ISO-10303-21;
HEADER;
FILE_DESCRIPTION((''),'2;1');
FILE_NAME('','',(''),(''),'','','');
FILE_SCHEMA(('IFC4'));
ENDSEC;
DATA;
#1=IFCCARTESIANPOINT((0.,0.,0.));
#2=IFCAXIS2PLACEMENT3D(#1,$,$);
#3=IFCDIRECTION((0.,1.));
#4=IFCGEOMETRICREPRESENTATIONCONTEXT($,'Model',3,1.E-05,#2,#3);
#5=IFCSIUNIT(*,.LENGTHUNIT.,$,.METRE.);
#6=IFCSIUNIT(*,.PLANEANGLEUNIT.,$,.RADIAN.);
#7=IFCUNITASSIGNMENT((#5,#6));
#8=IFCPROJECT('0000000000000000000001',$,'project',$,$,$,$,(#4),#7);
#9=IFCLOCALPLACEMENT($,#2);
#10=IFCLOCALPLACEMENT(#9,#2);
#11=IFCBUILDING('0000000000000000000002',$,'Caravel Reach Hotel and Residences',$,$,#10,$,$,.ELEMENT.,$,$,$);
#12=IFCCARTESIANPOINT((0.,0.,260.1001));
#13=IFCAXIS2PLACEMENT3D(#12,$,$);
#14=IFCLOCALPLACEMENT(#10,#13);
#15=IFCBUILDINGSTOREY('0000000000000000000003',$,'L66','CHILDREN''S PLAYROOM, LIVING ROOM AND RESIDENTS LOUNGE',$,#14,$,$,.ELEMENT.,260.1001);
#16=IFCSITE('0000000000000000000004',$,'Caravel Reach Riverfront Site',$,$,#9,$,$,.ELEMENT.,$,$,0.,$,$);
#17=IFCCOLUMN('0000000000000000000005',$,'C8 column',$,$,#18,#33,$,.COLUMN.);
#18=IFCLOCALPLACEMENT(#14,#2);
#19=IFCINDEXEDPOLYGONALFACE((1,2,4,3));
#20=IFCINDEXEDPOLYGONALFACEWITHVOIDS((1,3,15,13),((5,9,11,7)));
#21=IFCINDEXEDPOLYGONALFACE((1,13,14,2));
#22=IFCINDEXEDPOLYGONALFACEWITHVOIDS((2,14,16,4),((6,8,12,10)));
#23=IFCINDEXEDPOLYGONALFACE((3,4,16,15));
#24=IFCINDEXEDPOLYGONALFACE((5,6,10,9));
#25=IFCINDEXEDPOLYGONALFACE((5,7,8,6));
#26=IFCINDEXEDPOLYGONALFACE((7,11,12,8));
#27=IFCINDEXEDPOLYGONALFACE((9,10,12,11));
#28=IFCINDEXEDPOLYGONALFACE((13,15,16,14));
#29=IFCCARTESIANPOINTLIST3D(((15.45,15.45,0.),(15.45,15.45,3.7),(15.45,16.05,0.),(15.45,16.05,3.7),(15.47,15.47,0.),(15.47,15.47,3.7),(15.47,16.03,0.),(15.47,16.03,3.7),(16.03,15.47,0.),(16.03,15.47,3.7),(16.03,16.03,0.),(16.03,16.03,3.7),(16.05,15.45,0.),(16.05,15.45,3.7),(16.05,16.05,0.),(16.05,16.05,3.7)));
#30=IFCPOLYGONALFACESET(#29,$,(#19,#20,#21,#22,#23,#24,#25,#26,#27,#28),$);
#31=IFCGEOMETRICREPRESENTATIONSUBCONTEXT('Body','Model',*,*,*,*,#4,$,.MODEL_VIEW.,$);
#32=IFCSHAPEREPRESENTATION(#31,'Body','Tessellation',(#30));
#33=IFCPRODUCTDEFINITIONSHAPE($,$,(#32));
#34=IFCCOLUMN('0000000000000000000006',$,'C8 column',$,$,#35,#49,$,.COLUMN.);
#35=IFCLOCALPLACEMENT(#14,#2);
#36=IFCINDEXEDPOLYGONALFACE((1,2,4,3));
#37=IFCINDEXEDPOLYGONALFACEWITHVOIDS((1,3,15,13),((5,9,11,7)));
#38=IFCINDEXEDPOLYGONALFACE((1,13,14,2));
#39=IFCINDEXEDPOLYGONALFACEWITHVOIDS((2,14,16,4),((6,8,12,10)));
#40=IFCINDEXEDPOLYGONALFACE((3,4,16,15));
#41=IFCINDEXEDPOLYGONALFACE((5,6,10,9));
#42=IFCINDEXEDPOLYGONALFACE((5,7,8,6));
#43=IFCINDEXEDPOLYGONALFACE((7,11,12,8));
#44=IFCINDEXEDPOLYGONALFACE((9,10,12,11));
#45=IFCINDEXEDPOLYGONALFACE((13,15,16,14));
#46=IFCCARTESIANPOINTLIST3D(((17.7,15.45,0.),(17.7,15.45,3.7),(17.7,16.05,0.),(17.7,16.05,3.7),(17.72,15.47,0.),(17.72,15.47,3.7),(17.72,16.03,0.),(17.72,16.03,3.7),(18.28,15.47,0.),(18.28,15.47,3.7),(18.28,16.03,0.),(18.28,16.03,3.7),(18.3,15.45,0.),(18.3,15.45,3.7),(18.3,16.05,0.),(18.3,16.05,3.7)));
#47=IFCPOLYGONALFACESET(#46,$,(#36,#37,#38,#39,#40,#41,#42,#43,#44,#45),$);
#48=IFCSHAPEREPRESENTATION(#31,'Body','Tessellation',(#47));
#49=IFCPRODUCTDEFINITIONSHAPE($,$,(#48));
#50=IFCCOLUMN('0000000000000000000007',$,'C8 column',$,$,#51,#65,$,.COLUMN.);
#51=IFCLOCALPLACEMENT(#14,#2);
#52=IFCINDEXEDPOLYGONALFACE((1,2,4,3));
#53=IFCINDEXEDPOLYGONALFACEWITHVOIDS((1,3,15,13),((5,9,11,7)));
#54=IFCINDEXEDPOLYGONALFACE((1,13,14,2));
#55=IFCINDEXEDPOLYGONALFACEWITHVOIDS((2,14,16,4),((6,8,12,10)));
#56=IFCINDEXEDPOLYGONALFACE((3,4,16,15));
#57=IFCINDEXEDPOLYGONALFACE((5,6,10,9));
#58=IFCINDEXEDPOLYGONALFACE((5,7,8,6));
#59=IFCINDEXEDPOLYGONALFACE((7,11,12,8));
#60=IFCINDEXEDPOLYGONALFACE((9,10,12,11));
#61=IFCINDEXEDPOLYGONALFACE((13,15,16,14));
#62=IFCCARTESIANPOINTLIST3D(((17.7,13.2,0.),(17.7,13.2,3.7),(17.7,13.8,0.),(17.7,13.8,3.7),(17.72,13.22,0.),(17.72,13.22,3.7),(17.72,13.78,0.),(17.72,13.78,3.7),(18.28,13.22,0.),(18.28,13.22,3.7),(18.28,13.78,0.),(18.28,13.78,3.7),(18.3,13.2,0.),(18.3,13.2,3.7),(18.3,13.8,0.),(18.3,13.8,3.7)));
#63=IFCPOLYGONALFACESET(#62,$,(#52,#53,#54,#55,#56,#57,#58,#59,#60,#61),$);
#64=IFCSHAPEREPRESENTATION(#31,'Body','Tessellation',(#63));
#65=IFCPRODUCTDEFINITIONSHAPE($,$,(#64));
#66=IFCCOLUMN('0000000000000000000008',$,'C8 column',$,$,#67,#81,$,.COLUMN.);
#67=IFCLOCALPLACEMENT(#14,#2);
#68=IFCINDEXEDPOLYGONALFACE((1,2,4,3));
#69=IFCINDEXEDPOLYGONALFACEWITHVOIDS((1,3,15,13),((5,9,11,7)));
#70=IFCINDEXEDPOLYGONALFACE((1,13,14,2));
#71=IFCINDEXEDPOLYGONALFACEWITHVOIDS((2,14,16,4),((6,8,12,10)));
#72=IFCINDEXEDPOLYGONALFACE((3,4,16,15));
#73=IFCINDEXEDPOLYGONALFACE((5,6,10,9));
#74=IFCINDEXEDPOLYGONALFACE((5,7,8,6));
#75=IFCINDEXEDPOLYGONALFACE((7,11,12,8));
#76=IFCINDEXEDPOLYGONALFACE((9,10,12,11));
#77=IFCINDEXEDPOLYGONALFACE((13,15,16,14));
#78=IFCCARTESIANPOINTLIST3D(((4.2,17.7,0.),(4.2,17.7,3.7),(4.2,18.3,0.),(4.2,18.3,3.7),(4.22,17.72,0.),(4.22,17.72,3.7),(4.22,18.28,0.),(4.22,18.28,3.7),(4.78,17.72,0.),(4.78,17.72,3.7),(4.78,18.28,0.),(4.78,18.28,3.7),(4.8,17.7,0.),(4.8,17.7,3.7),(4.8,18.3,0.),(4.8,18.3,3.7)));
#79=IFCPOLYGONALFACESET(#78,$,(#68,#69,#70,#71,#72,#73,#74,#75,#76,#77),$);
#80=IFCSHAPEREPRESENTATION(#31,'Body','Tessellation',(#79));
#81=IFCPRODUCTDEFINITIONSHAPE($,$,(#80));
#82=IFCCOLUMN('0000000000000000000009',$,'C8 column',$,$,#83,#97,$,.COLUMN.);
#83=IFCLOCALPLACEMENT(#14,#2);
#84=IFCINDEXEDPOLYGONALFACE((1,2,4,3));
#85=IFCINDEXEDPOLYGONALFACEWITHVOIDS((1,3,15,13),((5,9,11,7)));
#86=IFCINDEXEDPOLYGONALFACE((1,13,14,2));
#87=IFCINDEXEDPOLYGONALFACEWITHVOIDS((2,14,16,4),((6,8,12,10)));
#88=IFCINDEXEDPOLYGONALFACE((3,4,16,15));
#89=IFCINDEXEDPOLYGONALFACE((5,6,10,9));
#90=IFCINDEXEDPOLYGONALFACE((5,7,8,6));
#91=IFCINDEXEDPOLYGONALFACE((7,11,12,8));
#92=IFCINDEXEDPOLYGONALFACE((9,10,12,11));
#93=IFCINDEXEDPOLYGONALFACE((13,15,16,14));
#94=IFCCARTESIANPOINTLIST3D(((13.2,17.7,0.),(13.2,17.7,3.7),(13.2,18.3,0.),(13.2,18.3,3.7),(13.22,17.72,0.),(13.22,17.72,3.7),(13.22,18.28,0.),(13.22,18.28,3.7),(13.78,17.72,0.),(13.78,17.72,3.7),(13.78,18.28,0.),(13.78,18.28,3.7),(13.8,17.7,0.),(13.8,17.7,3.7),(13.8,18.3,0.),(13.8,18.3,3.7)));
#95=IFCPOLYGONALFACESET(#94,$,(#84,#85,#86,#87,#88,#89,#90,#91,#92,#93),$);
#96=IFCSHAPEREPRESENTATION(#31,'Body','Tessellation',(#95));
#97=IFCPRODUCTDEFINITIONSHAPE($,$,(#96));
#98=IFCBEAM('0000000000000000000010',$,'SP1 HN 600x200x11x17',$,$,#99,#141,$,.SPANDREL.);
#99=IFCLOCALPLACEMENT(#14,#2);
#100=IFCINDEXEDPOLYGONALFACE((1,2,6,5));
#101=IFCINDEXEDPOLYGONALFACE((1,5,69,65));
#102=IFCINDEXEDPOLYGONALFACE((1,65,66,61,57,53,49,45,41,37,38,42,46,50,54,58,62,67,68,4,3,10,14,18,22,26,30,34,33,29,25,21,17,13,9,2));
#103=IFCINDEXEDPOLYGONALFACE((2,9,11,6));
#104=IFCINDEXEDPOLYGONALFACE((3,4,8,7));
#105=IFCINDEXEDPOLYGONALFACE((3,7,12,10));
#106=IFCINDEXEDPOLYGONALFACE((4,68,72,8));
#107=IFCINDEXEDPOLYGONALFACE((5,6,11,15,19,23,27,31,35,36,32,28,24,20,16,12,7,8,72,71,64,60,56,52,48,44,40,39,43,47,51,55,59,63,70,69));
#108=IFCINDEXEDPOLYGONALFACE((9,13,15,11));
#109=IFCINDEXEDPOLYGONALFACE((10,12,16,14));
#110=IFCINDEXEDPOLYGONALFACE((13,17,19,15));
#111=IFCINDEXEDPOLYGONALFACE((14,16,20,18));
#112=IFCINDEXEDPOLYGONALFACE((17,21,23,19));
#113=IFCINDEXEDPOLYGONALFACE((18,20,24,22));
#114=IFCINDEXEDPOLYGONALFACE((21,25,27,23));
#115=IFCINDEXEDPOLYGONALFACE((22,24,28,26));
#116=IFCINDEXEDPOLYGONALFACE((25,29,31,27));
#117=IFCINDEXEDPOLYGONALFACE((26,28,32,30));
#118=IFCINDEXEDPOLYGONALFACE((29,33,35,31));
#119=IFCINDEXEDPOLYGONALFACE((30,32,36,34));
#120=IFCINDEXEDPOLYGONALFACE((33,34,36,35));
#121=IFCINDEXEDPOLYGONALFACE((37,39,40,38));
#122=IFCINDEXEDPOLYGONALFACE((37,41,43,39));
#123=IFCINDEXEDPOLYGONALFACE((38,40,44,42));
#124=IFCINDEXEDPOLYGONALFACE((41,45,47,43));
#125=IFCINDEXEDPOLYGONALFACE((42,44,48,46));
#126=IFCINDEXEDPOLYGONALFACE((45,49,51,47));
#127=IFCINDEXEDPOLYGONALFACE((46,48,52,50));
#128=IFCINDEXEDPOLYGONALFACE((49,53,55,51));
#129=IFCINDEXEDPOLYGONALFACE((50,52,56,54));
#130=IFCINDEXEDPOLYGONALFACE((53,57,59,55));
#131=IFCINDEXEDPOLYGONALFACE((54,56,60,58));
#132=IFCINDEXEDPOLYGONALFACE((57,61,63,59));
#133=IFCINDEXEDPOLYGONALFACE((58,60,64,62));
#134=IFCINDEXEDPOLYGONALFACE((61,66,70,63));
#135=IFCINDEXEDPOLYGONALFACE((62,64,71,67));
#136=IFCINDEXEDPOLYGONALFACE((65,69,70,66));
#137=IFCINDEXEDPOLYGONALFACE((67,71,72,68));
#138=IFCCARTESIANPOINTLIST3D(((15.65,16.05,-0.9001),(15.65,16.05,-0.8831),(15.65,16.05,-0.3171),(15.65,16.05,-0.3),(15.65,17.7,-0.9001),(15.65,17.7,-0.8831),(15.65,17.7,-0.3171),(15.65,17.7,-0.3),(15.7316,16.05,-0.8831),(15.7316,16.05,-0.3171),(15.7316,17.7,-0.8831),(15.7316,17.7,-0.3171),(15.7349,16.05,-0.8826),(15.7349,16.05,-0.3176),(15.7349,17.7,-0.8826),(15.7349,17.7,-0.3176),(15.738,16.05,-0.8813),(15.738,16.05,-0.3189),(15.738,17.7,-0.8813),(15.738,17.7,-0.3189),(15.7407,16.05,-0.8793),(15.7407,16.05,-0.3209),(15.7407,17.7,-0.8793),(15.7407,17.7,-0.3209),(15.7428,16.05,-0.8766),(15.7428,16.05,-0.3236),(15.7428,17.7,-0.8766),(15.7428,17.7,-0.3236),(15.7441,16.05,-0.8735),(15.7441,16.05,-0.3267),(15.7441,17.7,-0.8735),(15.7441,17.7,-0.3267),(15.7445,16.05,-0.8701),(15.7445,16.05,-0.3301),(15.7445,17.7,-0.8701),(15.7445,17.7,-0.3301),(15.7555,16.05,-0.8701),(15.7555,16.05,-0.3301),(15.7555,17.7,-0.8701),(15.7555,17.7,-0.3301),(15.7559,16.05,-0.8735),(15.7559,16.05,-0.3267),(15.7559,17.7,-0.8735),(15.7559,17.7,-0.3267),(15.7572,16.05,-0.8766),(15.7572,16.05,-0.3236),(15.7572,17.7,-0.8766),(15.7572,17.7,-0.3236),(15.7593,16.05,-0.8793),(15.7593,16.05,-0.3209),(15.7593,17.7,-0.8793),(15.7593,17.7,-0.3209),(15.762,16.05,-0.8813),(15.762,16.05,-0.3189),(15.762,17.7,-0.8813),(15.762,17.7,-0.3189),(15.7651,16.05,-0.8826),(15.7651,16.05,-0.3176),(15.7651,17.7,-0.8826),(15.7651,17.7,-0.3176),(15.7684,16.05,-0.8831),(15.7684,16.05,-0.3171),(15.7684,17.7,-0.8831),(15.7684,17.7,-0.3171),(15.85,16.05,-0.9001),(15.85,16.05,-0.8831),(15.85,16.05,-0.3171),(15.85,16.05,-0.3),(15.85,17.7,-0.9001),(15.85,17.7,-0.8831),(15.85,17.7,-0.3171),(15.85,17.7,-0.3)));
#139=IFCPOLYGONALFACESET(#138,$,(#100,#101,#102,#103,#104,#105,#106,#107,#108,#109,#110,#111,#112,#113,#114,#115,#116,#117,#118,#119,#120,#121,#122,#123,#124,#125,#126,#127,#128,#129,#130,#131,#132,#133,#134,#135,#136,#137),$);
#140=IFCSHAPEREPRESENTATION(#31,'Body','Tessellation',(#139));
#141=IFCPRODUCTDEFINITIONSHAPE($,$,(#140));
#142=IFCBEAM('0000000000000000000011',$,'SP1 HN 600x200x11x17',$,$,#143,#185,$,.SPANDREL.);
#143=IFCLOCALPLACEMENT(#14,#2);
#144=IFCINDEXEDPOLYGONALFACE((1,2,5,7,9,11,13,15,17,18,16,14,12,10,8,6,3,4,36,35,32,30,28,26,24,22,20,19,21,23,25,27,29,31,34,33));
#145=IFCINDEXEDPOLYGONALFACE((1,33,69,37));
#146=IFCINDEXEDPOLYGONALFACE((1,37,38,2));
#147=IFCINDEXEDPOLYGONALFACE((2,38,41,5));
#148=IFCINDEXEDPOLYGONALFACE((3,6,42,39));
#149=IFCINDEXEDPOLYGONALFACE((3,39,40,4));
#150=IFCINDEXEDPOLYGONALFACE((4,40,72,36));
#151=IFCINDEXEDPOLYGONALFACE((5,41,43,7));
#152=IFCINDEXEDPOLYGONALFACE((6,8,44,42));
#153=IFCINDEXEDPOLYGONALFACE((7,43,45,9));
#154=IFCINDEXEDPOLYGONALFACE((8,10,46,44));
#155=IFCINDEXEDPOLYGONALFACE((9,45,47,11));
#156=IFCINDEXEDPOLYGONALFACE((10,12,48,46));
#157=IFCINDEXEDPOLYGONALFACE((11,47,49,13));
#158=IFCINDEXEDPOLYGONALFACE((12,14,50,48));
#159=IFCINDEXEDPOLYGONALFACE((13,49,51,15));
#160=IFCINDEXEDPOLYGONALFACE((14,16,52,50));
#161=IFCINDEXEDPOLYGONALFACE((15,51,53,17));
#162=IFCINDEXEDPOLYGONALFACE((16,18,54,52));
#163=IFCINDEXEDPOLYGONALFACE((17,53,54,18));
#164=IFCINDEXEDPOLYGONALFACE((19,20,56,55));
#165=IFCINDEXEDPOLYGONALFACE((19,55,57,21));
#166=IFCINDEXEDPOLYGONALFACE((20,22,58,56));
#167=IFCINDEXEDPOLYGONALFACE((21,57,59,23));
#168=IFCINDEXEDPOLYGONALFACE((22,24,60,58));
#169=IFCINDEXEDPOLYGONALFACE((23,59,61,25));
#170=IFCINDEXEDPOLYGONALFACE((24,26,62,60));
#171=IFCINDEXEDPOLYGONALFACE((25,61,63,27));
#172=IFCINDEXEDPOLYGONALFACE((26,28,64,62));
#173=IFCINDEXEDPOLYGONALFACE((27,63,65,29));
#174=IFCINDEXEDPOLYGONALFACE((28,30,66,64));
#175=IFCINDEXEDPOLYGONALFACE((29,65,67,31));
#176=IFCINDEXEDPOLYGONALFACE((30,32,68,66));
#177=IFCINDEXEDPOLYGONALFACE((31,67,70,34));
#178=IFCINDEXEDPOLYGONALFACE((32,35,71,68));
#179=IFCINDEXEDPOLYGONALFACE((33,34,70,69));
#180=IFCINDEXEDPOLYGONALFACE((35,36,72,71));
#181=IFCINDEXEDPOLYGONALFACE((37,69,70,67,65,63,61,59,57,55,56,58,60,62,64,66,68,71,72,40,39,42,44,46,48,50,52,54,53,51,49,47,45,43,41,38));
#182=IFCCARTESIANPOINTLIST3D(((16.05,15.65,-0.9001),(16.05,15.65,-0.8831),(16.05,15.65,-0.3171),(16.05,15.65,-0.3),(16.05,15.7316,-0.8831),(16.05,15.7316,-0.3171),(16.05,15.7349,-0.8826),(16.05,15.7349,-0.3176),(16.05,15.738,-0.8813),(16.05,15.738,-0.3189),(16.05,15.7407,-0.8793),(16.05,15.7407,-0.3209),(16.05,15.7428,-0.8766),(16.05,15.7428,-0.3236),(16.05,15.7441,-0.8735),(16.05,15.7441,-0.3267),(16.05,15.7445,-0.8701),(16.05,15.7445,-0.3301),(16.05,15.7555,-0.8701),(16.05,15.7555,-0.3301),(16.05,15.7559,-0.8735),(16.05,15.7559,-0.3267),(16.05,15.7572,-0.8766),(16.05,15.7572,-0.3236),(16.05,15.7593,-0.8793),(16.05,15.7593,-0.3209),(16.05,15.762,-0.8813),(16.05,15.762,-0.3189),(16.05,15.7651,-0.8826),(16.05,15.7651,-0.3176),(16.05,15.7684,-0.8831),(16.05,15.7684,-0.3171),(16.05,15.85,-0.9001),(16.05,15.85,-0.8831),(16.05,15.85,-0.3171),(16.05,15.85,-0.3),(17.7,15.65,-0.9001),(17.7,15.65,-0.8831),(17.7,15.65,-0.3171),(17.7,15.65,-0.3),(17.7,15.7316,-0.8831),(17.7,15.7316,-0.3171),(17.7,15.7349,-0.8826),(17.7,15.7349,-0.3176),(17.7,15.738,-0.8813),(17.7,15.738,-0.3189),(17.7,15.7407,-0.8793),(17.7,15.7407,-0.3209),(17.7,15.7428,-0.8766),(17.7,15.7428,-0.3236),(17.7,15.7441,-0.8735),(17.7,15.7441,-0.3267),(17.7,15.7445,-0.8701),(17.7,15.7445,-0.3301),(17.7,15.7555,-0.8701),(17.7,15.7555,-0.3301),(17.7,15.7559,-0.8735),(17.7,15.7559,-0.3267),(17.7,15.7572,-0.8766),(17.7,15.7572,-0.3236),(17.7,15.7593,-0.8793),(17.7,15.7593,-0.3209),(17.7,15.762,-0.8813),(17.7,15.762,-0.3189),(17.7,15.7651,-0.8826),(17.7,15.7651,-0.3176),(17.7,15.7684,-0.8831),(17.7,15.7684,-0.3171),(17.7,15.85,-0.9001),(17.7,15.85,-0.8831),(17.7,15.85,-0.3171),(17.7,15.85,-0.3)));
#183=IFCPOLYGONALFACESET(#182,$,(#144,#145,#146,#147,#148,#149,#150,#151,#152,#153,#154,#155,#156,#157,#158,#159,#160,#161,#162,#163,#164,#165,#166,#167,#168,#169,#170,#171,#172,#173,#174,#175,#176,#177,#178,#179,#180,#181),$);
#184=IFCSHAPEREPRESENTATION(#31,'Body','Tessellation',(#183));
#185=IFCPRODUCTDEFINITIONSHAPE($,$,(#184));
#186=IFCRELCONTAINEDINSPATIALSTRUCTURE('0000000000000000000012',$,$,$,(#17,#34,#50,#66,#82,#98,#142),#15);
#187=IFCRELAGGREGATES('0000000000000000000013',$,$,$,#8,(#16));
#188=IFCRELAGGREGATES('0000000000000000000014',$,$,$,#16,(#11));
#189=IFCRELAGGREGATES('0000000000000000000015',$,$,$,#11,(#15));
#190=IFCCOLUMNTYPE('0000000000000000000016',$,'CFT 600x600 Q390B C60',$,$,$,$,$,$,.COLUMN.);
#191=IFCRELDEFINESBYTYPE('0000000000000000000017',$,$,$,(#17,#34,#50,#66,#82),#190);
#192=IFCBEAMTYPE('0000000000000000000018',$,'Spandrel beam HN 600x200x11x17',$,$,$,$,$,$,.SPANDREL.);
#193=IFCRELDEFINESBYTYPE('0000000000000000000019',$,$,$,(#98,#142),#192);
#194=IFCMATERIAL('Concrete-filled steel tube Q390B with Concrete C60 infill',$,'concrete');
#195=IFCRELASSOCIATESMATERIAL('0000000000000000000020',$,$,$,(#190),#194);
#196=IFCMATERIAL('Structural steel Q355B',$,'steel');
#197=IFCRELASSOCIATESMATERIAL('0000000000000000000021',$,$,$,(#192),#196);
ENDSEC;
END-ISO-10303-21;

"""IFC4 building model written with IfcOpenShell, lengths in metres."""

from ifc_helpers import new_model, si_unit, direction, frame, origin, origin_2d, place, context, subcontext, project, spatial, hollow_rectangle, i_section, extrude, material, material_profile, profile_set, type_object, element, save


model = new_model("IFC4")

# Units and contexts
model_context = context("Model", 3, precision=1e-05, world=origin(), true_north=direction((0.0, 1.0)))
body_context = subcontext(model_context, "Body", "Model", "MODEL_VIEW")
ifc_project = project(units=[si_unit("LENGTHUNIT", "METRE"), si_unit("PLANEANGLEUNIT", "RADIAN")], contexts=[model_context])

# Site, building, storey
site_placement = place(None, origin())
site = spatial("IfcSite", under=ifc_project, at=site_placement, Name="Caravel Reach Riverfront Site", CompositionType="ELEMENT", RefElevation=0.0)
building_placement = place(site_placement, origin())
building = spatial("IfcBuilding", under=site, at=building_placement, Name="Caravel Reach Hotel and Residences", CompositionType="ELEMENT")
storey_placement = place(building_placement, frame((0.0, 0.0, 260.1001)))
storey = spatial("IfcBuildingStorey", under=building, at=storey_placement, Name="L66", Description="CHILDREN'S PLAYROOM, LIVING ROOM AND RESIDENTS LOUNGE", CompositionType="ELEMENT", Elevation=260.1001)

# Columns
ifc_material_1 = material(Name="Concrete-filled steel tube Q390B with Concrete C60 infill", Category="concrete")
ifc_material_profile_1 = material_profile(ifc_material_1, hollow_rectangle(XDim=0.6001, YDim=0.6001, WallThickness=0.02, at=origin_2d()), Name="RHS 600x600x20")
ifc_profile_set_1 = profile_set([ifc_material_profile_1], Name="Concrete-filled steel tube Q390B with Concrete C60 infill")
column_type = type_object("IfcColumnType", Name="CFT 600x600 Q390B C60", PredefinedType="COLUMN", material=ifc_profile_set_1)
for number, where, z_axis, x_axis, name in (
    (1, (15.75, 15.75, 0.0), (0.0, 0.0, 1.0), (1.0, 0.0, 0.0), "C8 column"),
    (2, (18.0, 15.75, 0.0), (0.0, 0.0, 1.0), (1.0, 0.0, 0.0), "C8 column"),
    (3, (18.0, 13.5, 0.0), (0.0, 0.0, 1.0), (1.0, 0.0, 0.0), "C8 column"),
    (4, (4.5, 18.0, 0.0), (0.0, 0.0, 1.0), (1.0, 0.0, 0.0), "C8 column"),
    (5, (13.5, 18.0, 0.0), (0.0, 0.0, 1.0), (1.0, 0.0, 0.0), "C8 column"),
):
    element("IfcColumn", number, at=place(storey_placement, frame(where, z_axis=z_axis, x_axis=x_axis)), inside=storey, type_object=column_type, Name=name, PredefinedType="COLUMN", context=body_context, shape_type="SweptSolid", body=[
        extrude(hollow_rectangle(XDim=0.6001, YDim=0.6001, WallThickness=0.02, at=origin_2d()), origin(), (0.0, 0.0, 1.0), 3.7),
    ])

# Beams
ifc_material_2 = material(Name="Structural steel Q355B", Category="steel")
ifc_material_profile_2 = material_profile(ifc_material_2, i_section(OverallWidth=0.2, OverallDepth=0.6001, WebThickness=0.011, FlangeThickness=0.0171, FilletRadius=0.0129, at=origin_2d()), Name="HN 600x200x11x17")
ifc_profile_set_2 = profile_set([ifc_material_profile_2], Name="Structural steel Q355B")
beam_type = type_object("IfcBeamType", Name="Spandrel beam HN 600x200x11x17", PredefinedType="SPANDREL", material=ifc_profile_set_2)
for number, where, z_axis, x_axis, name in (
    (6, (15.75, 17.7, -0.6001), (0.0, -1.0, 0.0), (1.0, 0.0, 0.0), "SP1 HN 600x200x11x17"),
    (7, (16.05, 15.75, -0.6001), (1.0, 0.0, 0.0), (0.0, 1.0, 0.0), "SP1 HN 600x200x11x17"),
):
    element("IfcBeam", number, at=place(storey_placement, frame(where, z_axis=z_axis, x_axis=x_axis)), inside=storey, type_object=beam_type, Name=name, PredefinedType="SPANDREL", context=body_context, shape_type="SweptSolid", body=[
        extrude(i_section(OverallWidth=0.2, OverallDepth=0.6001, WebThickness=0.011, FlangeThickness=0.0171, FilletRadius=0.0129, at=origin_2d()), origin(), (0.0, 0.0, 1.0), 1.6499),
    ])

save(model, "model.ifc")
